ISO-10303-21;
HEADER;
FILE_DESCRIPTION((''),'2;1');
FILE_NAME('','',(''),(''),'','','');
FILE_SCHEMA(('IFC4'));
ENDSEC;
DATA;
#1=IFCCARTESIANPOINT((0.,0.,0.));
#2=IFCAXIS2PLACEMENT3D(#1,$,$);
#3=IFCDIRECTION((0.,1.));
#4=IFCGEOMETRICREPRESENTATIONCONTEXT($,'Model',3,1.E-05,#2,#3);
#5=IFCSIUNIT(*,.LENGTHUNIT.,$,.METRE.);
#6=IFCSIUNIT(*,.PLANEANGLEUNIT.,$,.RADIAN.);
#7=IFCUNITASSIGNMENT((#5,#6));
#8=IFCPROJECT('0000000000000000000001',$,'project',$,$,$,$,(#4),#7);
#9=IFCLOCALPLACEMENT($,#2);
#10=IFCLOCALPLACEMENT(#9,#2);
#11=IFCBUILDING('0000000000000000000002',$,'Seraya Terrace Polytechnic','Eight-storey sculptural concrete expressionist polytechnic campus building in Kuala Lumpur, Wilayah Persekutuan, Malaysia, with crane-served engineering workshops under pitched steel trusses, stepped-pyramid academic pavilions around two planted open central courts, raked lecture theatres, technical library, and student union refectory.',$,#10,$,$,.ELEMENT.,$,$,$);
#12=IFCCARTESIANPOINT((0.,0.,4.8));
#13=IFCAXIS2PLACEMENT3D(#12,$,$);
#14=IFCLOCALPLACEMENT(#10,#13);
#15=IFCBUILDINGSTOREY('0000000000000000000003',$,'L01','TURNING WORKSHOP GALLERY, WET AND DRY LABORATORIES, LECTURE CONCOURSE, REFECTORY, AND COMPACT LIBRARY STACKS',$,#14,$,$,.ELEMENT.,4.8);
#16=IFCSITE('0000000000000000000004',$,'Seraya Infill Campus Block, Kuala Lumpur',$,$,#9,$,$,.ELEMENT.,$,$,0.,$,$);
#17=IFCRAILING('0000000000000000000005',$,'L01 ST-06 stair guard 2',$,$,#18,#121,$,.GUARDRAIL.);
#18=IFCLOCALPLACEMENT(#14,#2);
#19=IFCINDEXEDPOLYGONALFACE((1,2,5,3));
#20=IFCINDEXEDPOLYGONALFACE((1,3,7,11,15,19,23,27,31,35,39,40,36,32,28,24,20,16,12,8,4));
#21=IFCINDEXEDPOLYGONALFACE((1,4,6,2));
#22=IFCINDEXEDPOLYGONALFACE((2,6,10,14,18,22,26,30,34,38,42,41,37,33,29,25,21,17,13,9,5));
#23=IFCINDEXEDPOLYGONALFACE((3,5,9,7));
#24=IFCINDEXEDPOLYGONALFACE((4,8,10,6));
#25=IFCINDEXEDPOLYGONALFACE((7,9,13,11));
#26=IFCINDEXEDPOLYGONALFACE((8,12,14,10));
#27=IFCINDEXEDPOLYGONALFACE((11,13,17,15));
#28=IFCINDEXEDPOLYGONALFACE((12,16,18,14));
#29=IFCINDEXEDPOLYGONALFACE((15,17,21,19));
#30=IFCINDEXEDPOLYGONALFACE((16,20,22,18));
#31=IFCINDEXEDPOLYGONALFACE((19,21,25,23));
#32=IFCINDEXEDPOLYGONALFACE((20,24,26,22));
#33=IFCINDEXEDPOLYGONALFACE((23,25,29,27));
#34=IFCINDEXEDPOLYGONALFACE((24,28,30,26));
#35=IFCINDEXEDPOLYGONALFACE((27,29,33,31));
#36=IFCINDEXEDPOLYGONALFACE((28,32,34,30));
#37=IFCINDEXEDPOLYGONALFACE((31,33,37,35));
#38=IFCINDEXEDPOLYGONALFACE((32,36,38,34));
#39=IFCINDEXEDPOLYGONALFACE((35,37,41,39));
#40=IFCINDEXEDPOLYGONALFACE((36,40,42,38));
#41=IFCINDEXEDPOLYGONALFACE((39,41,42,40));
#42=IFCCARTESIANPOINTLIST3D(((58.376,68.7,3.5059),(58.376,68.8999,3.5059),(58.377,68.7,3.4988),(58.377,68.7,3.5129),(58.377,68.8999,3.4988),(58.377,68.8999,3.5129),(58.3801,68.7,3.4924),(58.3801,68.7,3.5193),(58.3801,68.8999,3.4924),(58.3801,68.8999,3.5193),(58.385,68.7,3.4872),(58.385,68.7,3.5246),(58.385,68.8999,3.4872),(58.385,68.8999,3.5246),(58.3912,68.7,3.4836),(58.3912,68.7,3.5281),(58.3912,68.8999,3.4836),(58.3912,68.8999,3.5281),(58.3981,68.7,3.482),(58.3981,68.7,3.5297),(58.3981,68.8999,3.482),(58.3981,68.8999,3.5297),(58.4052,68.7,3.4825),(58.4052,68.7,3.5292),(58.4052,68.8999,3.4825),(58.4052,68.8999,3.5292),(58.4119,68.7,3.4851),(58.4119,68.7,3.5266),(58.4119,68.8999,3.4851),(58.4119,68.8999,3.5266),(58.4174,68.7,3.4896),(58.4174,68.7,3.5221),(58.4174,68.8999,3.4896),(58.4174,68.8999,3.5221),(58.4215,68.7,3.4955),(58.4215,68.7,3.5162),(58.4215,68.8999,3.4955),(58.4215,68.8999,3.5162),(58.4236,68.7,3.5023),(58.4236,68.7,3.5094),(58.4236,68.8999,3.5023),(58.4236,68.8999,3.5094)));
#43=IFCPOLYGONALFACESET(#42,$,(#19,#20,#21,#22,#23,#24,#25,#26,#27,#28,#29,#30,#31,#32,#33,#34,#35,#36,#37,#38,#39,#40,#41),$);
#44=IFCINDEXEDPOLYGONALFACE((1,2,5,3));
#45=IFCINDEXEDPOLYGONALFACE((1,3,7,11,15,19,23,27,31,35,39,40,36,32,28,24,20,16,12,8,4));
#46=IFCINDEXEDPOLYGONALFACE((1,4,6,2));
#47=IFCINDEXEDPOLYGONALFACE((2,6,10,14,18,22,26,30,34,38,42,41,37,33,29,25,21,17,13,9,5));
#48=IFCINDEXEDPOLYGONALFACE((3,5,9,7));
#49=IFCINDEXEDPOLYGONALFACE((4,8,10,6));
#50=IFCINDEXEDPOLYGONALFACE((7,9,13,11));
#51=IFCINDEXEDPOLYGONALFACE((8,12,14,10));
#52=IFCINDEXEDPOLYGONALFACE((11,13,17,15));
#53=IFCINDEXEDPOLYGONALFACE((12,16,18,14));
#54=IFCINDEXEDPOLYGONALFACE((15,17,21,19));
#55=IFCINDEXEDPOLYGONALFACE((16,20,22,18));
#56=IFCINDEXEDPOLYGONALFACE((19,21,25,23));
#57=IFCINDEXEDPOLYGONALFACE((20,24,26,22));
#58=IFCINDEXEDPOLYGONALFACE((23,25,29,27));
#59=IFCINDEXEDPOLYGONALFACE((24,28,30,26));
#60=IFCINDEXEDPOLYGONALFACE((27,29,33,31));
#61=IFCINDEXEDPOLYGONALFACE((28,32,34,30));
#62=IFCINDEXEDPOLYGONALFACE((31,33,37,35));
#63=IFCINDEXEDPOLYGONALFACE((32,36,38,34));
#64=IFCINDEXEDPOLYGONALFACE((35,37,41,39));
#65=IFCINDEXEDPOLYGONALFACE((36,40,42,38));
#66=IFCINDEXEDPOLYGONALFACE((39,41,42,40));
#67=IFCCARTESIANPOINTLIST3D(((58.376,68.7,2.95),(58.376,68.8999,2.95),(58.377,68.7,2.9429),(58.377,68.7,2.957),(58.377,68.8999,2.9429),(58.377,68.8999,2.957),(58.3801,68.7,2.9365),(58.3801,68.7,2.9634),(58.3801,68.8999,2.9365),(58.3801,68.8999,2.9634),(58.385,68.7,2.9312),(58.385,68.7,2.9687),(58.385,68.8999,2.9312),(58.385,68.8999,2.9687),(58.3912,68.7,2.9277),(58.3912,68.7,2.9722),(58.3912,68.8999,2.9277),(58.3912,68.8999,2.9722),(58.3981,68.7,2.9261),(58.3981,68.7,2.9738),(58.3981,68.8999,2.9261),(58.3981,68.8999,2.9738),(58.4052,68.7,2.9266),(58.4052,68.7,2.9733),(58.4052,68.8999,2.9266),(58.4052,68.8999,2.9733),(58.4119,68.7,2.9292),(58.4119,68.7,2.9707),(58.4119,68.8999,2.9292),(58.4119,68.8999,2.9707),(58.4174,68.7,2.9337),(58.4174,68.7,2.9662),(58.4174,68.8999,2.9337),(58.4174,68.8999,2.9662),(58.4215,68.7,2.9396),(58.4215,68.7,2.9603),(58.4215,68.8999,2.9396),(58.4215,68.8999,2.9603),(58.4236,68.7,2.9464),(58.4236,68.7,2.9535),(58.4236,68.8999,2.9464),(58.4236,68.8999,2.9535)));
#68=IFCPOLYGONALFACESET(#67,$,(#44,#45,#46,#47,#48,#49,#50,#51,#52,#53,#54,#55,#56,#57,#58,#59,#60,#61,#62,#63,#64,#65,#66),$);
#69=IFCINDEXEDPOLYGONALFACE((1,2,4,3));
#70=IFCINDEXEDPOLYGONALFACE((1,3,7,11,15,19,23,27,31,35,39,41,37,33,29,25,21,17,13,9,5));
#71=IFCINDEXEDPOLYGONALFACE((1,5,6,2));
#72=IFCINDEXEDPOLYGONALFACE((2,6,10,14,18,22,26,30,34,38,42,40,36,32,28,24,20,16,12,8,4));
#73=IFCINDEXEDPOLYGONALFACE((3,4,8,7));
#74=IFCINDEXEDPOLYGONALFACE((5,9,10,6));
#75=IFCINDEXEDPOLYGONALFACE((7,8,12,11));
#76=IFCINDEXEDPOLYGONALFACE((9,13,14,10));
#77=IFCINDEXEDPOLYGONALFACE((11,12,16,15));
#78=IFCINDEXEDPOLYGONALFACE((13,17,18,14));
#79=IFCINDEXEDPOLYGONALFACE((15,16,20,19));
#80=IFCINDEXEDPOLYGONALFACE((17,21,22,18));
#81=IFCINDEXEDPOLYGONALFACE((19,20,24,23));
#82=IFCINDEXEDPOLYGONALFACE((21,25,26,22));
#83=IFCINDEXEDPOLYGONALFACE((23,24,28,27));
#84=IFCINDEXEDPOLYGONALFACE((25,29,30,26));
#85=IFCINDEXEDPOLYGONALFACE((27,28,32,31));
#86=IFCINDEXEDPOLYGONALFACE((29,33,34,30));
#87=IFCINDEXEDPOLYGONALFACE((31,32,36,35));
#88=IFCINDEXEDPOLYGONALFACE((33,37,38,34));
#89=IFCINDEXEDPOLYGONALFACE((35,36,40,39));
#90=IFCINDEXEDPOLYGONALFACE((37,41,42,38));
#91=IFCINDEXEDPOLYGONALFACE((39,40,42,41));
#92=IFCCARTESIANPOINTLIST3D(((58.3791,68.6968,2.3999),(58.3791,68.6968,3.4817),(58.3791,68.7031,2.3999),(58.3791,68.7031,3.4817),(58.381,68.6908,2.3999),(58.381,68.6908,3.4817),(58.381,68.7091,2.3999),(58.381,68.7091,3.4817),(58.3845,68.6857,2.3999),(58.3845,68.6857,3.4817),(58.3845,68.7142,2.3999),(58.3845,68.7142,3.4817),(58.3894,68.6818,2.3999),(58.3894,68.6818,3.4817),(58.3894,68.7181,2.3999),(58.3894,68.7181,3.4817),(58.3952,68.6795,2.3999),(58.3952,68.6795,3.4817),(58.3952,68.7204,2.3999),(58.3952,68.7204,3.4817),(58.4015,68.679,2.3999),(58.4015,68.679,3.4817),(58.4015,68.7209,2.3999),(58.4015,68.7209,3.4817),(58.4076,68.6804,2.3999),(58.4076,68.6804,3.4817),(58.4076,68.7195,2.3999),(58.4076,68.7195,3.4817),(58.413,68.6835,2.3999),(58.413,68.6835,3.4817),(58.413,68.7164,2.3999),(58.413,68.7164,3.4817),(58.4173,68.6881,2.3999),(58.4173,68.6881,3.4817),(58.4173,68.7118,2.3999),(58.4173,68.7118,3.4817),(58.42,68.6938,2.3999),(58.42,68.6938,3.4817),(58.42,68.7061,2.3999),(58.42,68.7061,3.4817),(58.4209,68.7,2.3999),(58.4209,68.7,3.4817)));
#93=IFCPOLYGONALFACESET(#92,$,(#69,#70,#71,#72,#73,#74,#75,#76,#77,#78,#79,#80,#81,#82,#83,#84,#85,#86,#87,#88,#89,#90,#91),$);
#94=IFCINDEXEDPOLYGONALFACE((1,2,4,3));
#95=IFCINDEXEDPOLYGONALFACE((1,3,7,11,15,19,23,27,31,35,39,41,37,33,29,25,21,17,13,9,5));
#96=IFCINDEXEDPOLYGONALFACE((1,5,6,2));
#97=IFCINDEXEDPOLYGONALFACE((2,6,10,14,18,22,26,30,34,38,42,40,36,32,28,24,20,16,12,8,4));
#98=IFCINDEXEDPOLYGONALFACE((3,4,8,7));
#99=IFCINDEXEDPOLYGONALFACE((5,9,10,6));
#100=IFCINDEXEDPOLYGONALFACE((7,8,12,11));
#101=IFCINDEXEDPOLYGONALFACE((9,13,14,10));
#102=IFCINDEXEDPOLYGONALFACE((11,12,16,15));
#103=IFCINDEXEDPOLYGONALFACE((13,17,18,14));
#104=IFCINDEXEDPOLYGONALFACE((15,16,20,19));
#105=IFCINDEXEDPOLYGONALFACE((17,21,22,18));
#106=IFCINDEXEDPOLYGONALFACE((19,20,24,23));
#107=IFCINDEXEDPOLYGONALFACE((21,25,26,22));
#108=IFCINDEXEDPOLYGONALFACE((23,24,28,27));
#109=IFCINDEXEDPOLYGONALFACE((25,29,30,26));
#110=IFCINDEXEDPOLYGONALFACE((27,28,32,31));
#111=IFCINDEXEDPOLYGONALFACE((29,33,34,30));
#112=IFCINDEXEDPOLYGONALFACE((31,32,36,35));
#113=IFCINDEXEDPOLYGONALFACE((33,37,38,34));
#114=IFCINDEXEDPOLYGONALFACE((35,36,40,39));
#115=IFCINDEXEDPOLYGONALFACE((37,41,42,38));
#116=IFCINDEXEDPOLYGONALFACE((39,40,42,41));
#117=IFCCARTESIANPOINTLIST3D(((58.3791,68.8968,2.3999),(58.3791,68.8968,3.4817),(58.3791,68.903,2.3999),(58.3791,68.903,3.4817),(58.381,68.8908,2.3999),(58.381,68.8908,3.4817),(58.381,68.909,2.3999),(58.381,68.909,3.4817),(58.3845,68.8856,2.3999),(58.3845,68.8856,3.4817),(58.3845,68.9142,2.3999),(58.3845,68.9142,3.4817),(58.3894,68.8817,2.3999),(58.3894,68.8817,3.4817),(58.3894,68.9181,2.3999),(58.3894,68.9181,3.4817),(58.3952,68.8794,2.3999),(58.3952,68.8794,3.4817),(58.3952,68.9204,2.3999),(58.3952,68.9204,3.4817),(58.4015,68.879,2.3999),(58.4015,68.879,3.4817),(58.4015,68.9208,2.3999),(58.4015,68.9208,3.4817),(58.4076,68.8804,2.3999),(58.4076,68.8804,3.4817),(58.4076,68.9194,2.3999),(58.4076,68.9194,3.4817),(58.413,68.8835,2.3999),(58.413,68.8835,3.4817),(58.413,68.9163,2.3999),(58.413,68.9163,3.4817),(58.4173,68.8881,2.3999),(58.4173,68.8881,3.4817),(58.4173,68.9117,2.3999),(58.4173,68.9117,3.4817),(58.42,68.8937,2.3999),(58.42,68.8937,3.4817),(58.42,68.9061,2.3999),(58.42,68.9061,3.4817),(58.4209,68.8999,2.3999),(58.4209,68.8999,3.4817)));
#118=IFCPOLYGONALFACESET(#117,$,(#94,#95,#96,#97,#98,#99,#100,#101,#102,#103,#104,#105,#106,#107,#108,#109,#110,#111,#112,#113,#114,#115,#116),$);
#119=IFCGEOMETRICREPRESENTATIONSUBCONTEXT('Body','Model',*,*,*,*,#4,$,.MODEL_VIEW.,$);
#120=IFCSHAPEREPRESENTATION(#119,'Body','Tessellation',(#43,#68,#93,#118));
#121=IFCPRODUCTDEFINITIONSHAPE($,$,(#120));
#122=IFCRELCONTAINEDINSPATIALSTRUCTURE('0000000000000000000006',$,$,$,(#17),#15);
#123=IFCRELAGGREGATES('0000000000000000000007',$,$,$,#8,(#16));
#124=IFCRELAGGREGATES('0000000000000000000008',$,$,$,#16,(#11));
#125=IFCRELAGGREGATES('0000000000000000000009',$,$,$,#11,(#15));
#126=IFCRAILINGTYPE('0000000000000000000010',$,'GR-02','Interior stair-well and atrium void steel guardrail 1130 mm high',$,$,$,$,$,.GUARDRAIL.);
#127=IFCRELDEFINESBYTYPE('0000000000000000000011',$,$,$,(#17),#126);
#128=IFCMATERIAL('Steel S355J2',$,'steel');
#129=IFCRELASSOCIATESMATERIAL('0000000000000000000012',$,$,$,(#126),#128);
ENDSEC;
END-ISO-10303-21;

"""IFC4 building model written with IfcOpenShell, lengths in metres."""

from ifc_helpers import new_model, si_unit, direction, frame, origin, origin_2d, place, context, subcontext, project, spatial, circle, extrude, material, type_object, element, save


model = new_model("IFC4")

# Units and contexts
model_context = context("Model", 3, precision=1e-05, world=origin(), true_north=direction((0.0, 1.0)))
body_context = subcontext(model_context, "Body", "Model", "MODEL_VIEW")
ifc_project = project(units=[si_unit("LENGTHUNIT", "METRE"), si_unit("PLANEANGLEUNIT", "RADIAN")], contexts=[model_context])

# Site, building, storey
site_placement = place(None, origin())
site = spatial("IfcSite", under=ifc_project, at=site_placement, Name="Seraya Infill Campus Block, Kuala Lumpur", CompositionType="ELEMENT", RefElevation=0.0)
building_placement = place(site_placement, origin())
building = spatial("IfcBuilding", under=site, at=building_placement, Name="Seraya Terrace Polytechnic", Description="Eight-storey sculptural concrete expressionist polytechnic campus building in Kuala Lumpur, Wilayah Persekutuan, Malaysia, with crane-served engineering workshops under pitched steel trusses, stepped-pyramid academic pavilions around two planted open central courts, raked lecture theatres, technical library, and student union refectory.", CompositionType="ELEMENT")
storey_placement = place(building_placement, frame((0.0, 0.0, 4.8)))
storey = spatial("IfcBuildingStorey", under=building, at=storey_placement, Name="L01", Description="TURNING WORKSHOP GALLERY, WET AND DRY LABORATORIES, LECTURE CONCOURSE, REFECTORY, AND COMPACT LIBRARY STACKS", CompositionType="ELEMENT", Elevation=4.8)

# Shared definitions
ifc_material_1 = material(Name="Steel S355J2", Category="steel")

# Railing
railing_type_1 = type_object("IfcRailingType", Name="GR-02", Description="Interior stair-well and atrium void steel guardrail 1130 mm high", PredefinedType="GUARDRAIL", material=ifc_material_1)
railing_1_placement = place(storey_placement, frame((58.3999, 68.7, 2.3999)))
element("IfcRailing", 1, at=railing_1_placement, inside=storey, type_object=railing_type_1, Name="L01 ST-06 stair guard 2", PredefinedType="GUARDRAIL", context=body_context, shape_type="SweptSolid", body=[
    extrude(circle(Radius=0.0239, at=origin_2d()), frame((0.0, 0.0, 1.106), z_axis=(0.0, 1.0, 0.0), x_axis=(-1.0, 0.0, 0.0)), (0.0, 0.0, 1.0), 0.2),
    extrude(circle(Radius=0.0239, at=origin_2d()), frame((0.0, 0.0, 0.55), z_axis=(0.0, 1.0, 0.0), x_axis=(-1.0, 0.0, 0.0)), (0.0, 0.0, 1.0), 0.2),
    extrude(circle(Radius=0.021, at=origin_2d()), origin(), (0.0, 0.0, 1.0), 1.0818),
    extrude(circle(Radius=0.021, at=origin_2d()), frame((0.0, 0.2, 0.0)), (0.0, 0.0, 1.0), 1.0818),
])

save(model, "model.ifc")
